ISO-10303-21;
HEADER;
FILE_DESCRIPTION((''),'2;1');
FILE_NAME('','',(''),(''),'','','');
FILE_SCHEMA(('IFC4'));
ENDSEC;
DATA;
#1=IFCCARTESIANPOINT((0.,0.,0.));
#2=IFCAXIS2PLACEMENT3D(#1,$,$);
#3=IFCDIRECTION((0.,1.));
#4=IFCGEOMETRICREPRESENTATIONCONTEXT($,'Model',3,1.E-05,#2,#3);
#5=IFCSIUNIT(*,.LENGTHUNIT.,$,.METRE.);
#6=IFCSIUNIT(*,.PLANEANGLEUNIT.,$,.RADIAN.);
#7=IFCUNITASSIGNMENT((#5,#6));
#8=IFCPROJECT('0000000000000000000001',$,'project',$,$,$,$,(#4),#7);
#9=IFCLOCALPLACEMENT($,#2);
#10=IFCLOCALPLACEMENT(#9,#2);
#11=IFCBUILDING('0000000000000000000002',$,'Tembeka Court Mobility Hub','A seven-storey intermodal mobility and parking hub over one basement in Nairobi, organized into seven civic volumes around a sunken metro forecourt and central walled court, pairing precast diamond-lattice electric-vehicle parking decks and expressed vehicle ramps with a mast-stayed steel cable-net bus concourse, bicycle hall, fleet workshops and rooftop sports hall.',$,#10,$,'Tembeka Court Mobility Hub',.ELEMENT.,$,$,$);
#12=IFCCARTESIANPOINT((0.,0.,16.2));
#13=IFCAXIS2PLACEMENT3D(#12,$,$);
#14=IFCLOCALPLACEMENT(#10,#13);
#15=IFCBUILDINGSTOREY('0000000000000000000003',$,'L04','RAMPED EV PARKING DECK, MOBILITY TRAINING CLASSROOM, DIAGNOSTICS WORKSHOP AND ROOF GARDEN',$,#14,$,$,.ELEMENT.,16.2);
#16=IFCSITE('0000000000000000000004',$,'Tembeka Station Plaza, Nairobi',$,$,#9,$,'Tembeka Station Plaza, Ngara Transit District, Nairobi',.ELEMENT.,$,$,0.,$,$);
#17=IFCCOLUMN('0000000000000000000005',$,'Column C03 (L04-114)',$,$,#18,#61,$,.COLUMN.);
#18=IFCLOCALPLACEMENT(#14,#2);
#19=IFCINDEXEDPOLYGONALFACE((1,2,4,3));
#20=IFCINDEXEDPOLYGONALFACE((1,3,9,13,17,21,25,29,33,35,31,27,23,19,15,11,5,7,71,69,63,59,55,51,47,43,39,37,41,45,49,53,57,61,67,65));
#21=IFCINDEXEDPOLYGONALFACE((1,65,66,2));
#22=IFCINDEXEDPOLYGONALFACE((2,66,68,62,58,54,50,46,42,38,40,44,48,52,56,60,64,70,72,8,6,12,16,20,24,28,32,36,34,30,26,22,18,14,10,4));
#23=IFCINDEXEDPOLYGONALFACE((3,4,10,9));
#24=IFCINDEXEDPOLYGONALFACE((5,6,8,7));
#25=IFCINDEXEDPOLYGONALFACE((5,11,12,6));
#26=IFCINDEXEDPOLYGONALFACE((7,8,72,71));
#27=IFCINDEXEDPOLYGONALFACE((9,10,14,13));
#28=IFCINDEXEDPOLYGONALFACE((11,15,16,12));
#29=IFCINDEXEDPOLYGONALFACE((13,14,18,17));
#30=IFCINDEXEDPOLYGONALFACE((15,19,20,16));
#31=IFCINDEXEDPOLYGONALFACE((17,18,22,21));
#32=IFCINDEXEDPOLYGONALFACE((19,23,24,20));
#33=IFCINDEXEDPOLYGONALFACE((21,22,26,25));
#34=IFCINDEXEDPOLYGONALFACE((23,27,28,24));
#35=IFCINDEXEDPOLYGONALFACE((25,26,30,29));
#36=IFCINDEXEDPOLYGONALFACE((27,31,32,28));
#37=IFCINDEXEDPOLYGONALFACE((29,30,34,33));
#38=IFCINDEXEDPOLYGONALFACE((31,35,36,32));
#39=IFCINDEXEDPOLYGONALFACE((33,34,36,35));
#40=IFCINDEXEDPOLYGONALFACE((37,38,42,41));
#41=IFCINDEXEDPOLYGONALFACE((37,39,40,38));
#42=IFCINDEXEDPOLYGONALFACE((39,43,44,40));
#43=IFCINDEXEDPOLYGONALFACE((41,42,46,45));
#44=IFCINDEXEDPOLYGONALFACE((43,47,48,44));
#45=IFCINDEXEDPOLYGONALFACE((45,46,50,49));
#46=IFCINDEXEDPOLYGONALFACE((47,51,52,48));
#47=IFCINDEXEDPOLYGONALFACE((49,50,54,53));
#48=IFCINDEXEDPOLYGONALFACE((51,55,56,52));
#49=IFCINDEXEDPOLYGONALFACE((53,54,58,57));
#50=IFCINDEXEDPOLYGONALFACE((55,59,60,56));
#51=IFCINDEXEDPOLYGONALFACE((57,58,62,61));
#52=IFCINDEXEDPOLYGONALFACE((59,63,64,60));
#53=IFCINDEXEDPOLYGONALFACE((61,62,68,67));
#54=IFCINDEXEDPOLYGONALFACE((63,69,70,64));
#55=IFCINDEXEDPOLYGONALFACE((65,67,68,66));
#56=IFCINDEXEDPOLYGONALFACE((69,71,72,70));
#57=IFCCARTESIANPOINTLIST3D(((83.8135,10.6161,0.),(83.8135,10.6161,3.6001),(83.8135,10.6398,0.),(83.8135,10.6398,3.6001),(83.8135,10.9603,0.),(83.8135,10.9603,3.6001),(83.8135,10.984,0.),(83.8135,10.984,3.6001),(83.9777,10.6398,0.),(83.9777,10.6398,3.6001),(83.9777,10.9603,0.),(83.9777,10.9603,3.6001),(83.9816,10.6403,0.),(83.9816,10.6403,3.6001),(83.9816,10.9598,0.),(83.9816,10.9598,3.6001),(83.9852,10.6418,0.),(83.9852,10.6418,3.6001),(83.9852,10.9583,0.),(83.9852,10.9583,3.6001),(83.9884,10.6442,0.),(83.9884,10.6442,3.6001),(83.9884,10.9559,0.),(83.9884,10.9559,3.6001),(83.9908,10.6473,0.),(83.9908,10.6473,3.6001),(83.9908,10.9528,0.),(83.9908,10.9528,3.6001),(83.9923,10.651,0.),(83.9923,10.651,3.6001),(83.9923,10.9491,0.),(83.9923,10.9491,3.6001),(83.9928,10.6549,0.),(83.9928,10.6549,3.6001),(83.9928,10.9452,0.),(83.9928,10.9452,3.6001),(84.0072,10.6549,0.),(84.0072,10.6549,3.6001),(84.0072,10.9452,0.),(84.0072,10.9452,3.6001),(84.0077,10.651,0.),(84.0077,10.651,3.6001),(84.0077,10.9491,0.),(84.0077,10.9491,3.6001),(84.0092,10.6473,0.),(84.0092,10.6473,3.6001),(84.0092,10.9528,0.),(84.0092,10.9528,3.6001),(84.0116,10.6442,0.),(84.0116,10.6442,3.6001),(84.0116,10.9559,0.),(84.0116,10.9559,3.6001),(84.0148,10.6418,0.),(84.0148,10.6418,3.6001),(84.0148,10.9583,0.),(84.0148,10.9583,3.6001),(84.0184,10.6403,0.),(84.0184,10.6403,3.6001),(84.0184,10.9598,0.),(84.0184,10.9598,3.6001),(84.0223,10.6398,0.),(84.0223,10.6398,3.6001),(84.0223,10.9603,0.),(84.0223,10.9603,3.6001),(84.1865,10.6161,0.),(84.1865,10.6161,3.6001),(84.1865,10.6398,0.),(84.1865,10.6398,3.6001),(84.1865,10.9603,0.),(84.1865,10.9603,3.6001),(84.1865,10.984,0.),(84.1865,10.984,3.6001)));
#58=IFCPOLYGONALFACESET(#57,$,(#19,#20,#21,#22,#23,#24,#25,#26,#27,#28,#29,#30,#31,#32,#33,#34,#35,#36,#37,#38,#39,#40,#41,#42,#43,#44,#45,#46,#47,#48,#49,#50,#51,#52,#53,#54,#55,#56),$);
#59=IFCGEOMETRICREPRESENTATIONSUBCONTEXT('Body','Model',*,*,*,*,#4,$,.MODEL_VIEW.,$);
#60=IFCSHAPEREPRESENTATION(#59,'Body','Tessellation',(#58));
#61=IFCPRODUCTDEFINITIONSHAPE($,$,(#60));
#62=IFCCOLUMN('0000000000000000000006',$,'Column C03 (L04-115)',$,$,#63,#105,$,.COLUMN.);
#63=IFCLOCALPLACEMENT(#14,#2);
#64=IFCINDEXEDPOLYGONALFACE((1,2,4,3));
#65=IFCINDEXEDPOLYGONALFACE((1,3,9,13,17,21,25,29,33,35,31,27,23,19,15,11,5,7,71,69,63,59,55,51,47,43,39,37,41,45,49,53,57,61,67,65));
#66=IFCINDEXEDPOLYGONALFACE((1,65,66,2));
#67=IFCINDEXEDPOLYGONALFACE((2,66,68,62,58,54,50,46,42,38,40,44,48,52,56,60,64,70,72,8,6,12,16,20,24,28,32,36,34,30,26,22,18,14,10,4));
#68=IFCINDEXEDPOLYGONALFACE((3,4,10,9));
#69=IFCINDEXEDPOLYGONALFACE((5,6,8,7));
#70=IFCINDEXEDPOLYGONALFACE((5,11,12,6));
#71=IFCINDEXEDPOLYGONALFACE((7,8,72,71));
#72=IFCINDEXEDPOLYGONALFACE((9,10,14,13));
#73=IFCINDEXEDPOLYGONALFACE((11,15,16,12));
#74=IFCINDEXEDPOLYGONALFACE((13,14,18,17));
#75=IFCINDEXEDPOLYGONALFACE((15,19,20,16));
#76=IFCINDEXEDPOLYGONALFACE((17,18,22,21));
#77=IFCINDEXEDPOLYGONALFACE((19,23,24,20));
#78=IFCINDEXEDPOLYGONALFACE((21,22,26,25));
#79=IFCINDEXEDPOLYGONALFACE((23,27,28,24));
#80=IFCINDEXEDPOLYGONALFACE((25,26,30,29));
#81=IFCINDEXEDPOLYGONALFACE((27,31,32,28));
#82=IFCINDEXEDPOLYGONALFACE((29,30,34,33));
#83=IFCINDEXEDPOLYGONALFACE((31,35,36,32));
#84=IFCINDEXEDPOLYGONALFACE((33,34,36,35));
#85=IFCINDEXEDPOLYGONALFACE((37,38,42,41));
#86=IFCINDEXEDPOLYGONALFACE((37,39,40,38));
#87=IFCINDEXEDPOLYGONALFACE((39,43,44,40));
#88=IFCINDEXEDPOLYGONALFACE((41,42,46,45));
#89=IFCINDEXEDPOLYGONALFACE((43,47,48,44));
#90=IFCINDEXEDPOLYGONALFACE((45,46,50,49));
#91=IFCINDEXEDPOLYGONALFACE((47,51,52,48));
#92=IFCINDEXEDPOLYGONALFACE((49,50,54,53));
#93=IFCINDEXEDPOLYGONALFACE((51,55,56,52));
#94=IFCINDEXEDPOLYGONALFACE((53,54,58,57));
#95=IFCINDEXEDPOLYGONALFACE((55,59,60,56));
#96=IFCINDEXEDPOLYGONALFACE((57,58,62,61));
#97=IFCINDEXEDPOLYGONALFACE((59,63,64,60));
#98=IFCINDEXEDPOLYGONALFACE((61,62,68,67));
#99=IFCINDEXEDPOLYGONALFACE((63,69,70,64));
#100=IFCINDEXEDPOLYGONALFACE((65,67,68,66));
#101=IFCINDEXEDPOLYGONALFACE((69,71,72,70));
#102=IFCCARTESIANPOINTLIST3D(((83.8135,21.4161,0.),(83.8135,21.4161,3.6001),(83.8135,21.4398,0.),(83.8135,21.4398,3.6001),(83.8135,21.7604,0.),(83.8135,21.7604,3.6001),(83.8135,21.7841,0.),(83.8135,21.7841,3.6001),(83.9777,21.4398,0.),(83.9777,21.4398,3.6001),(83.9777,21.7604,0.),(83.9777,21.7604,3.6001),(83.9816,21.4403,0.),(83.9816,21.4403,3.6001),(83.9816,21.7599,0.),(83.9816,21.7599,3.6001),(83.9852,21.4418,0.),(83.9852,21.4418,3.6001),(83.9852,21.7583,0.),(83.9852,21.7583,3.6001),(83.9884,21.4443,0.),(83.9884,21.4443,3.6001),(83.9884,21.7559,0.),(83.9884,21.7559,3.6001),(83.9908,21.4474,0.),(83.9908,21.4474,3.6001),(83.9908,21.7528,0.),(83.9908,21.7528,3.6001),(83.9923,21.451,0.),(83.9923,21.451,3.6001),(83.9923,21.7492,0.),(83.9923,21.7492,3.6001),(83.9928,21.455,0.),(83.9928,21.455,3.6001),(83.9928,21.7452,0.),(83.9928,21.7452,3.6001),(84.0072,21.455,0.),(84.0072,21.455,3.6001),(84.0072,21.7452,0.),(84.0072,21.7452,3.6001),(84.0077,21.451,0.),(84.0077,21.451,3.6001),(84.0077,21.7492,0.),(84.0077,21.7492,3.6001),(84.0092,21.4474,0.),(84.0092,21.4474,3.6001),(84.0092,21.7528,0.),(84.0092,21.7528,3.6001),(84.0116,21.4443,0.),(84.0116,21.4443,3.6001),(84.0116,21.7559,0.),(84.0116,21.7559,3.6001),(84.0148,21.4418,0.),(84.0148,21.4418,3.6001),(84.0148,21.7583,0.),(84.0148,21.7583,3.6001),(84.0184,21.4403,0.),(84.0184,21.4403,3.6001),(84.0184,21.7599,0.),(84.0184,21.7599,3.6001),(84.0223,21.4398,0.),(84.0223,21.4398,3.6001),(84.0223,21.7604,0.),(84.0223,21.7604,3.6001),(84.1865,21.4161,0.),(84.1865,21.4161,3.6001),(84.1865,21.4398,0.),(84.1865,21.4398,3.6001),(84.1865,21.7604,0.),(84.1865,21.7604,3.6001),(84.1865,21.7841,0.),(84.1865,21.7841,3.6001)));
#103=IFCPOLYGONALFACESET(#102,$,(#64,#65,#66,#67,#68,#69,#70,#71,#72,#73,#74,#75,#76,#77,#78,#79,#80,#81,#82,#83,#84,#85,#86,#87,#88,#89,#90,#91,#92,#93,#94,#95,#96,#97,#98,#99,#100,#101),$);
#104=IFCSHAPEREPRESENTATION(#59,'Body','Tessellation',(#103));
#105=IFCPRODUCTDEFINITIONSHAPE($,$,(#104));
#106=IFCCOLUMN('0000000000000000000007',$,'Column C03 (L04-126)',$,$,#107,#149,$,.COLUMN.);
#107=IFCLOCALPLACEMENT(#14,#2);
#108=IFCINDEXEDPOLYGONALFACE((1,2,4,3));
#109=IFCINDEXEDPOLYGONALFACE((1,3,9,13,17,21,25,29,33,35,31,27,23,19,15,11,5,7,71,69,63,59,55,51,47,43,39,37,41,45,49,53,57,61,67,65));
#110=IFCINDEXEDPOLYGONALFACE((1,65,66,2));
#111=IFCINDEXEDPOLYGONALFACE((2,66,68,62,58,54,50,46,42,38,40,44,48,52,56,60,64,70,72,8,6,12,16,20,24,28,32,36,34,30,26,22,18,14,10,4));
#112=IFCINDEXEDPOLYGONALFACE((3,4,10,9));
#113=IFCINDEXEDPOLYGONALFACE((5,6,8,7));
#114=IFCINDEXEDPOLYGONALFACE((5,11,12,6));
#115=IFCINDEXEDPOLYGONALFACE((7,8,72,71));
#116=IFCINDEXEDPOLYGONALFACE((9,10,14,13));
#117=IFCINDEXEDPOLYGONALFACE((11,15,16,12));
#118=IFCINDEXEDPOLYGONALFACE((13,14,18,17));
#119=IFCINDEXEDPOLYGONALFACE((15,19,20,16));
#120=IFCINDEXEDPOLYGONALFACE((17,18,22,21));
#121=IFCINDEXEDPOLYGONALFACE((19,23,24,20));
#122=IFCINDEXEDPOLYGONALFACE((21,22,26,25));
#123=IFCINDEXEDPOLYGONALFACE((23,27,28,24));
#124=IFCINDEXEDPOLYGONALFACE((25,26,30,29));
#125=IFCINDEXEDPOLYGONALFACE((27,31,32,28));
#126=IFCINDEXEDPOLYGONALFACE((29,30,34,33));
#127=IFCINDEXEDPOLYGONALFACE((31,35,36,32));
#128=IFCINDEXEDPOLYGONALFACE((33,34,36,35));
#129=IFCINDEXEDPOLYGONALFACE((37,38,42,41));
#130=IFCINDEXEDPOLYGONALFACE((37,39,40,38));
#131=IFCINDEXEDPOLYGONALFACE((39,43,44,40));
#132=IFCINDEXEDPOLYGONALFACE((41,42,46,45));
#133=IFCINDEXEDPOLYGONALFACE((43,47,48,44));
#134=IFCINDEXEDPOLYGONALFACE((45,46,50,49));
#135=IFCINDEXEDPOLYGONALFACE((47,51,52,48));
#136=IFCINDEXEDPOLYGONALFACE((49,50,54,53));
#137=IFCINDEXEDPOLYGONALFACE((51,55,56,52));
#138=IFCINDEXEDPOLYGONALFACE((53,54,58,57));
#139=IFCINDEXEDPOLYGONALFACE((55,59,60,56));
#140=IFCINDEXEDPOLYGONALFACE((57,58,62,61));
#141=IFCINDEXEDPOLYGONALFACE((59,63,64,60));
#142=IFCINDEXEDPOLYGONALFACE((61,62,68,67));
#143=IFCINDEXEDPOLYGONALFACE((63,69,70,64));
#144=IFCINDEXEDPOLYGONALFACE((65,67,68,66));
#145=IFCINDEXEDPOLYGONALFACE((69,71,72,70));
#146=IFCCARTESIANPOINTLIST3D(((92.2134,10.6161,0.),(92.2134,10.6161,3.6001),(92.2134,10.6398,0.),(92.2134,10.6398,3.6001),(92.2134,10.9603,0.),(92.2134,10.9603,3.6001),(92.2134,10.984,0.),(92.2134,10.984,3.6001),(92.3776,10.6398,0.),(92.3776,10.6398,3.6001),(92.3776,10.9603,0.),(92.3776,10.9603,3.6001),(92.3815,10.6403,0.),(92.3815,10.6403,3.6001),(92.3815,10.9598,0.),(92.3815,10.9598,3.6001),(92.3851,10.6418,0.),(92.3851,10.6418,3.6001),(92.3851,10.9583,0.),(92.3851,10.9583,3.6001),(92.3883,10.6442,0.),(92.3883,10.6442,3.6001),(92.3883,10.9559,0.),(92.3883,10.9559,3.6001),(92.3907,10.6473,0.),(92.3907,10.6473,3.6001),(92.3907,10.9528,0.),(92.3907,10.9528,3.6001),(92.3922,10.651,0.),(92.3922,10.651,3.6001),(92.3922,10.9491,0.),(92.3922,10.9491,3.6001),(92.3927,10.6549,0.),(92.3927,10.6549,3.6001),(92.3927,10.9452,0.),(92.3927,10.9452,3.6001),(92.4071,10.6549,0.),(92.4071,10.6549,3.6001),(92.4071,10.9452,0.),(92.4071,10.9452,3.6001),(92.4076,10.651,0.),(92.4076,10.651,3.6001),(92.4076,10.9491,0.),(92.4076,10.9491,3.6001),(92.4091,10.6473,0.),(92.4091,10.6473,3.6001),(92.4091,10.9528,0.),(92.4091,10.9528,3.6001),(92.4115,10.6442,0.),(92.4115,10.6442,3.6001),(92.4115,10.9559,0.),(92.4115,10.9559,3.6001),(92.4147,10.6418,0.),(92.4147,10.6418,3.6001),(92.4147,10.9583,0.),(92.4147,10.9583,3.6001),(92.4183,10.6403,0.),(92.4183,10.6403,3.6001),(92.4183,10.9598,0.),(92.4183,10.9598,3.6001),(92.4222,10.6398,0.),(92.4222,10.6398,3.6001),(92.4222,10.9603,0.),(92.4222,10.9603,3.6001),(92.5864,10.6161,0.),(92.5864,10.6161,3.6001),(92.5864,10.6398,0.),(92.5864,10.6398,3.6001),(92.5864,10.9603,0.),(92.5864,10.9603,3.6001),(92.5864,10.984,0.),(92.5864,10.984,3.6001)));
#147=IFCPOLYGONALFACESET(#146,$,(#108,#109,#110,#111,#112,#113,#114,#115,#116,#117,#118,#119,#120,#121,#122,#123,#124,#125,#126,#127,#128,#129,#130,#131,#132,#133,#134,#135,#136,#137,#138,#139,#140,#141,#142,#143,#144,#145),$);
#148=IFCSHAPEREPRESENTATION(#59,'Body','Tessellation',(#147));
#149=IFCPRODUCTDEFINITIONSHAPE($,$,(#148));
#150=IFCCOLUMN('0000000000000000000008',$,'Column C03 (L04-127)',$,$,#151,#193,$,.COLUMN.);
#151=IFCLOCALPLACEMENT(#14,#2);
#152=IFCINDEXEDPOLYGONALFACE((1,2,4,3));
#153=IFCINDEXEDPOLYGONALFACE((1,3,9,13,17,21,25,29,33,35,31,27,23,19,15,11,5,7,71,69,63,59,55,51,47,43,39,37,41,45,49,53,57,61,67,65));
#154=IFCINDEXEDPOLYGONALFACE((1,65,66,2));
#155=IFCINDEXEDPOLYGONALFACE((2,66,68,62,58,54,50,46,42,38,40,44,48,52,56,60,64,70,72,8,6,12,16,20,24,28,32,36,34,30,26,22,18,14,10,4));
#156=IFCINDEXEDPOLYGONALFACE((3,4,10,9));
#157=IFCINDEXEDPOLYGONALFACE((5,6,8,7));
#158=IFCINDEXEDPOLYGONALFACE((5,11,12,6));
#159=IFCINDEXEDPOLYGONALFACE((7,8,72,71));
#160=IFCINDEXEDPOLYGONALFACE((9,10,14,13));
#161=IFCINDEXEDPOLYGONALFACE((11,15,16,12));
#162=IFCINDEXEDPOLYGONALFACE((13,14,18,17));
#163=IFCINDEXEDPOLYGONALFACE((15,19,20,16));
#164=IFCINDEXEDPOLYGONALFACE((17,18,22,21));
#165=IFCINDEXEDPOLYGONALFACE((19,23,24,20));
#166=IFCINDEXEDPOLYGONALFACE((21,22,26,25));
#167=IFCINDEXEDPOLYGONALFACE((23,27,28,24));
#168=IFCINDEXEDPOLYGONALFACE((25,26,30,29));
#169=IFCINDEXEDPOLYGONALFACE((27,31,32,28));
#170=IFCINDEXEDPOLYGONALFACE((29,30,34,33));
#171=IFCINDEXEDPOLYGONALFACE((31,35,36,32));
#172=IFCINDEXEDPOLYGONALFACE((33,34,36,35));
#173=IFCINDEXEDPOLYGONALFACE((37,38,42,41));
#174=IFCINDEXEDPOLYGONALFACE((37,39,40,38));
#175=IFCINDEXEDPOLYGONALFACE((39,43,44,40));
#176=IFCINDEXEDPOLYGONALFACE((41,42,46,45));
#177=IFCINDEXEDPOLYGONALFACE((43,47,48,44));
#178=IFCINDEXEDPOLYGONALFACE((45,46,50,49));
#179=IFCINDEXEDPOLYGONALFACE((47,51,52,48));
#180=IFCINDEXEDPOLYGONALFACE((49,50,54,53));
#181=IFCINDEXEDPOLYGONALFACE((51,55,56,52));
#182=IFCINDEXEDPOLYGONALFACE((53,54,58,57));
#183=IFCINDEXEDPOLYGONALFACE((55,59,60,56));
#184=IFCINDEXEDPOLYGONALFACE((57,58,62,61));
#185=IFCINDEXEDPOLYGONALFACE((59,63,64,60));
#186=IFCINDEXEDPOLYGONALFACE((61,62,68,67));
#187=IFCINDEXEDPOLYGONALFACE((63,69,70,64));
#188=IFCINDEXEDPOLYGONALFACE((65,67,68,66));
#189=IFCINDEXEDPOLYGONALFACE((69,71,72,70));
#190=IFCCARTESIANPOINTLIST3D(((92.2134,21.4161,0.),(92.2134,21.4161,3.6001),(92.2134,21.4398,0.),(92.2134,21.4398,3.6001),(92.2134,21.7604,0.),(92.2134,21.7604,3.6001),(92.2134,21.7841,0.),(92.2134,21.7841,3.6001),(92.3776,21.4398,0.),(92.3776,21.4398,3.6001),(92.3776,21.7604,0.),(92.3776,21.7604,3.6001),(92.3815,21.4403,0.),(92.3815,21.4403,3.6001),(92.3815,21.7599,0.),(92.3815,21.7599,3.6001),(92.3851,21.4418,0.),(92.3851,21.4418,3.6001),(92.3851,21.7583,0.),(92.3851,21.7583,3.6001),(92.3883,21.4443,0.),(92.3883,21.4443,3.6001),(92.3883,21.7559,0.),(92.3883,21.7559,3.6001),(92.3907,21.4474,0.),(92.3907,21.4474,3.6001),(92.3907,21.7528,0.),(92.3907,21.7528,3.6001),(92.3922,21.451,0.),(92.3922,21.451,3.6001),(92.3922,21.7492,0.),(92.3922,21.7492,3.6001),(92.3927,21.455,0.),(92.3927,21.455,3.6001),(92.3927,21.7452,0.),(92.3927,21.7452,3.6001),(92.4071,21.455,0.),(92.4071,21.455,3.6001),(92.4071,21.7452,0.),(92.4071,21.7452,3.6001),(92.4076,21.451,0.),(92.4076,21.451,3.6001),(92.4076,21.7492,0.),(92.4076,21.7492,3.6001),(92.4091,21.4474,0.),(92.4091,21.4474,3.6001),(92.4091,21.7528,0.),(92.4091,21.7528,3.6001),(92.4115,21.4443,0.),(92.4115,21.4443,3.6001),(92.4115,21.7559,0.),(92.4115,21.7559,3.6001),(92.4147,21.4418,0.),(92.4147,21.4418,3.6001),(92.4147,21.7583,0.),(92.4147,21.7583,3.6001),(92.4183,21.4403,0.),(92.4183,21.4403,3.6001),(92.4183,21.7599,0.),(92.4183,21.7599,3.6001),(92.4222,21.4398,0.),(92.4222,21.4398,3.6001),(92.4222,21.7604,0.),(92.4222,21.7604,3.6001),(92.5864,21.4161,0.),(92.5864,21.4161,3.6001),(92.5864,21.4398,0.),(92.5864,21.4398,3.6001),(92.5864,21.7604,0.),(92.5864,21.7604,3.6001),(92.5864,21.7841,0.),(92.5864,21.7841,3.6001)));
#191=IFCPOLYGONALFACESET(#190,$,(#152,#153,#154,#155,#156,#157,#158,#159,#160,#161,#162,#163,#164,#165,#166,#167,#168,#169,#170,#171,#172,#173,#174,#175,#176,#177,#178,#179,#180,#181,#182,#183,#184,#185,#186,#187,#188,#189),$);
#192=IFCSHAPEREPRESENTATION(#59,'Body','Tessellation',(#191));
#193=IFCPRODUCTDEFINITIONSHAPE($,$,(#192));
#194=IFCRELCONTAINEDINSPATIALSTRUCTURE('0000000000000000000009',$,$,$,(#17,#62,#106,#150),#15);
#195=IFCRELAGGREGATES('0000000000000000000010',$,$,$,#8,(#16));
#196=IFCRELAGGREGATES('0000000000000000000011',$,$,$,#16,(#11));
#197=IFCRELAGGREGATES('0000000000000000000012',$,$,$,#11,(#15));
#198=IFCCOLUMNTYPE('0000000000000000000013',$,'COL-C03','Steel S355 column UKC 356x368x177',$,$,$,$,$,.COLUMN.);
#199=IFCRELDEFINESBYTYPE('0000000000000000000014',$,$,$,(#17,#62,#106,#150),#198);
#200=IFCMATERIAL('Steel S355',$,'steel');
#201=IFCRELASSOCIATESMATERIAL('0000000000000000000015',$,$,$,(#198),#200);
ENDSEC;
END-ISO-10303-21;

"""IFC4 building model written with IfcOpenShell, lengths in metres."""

from ifc_helpers import new_model, si_unit, direction, frame, origin, origin_2d, place, context, subcontext, project, spatial, i_section, extrude, material, material_profile, profile_set, type_object, element, save


model = new_model("IFC4")

# Units and contexts
model_context = context("Model", 3, precision=1e-05, world=origin(), true_north=direction((0.0, 1.0)))
body_context = subcontext(model_context, "Body", "Model", "MODEL_VIEW")
ifc_project = project(units=[si_unit("LENGTHUNIT", "METRE"), si_unit("PLANEANGLEUNIT", "RADIAN")], contexts=[model_context])

# Site, building, storey
site_placement = place(None, origin())
site = spatial("IfcSite", under=ifc_project, at=site_placement, Name="Tembeka Station Plaza, Nairobi", LongName="Tembeka Station Plaza, Ngara Transit District, Nairobi", CompositionType="ELEMENT", RefElevation=0.0)
building_placement = place(site_placement, origin())
building = spatial("IfcBuilding", under=site, at=building_placement, Name="Tembeka Court Mobility Hub", Description="A seven-storey intermodal mobility and parking hub over one basement in Nairobi, organized into seven civic volumes around a sunken metro forecourt and central walled court, pairing precast diamond-lattice electric-vehicle parking decks and expressed vehicle ramps with a mast-stayed steel cable-net bus concourse, bicycle hall, fleet workshops and rooftop sports hall.", LongName="Tembeka Court Mobility Hub", CompositionType="ELEMENT")
storey_placement = place(building_placement, frame((0.0, 0.0, 16.2)))
storey = spatial("IfcBuildingStorey", under=building, at=storey_placement, Name="L04", Description="RAMPED EV PARKING DECK, MOBILITY TRAINING CLASSROOM, DIAGNOSTICS WORKSHOP AND ROOF GARDEN", CompositionType="ELEMENT", Elevation=16.2)

# Columns
ifc_material_1 = material(Name="Steel S355", Category="steel")
ifc_material_profile_1 = material_profile(ifc_material_1, i_section(OverallWidth=0.373, OverallDepth=0.3679, WebThickness=0.0144, FlangeThickness=0.0237, FilletRadius=0.0151, at=origin_2d()), Name="UKC 356x368x177")
ifc_profile_set_1 = profile_set([ifc_material_profile_1], Name="Steel S355")
column_type = type_object("IfcColumnType", Name="COL-C03", Description="Steel S355 column UKC 356x368x177", PredefinedType="COLUMN", material=ifc_profile_set_1)
for number, where, z_axis, x_axis, name in (
    (1, (84.0, 10.8, 0.0), (0.0, 0.0, 1.0), (1.0, 0.0, 0.0), "Column C03 (L04-114)"),
    (2, (84.0, 21.6001, 0.0), (0.0, 0.0, 1.0), (1.0, 0.0, 0.0), "Column C03 (L04-115)"),
    (3, (92.3999, 10.8, 0.0), (0.0, 0.0, 1.0), (1.0, 0.0, 0.0), "Column C03 (L04-126)"),
    (4, (92.3999, 21.6001, 0.0), (0.0, 0.0, 1.0), (1.0, 0.0, 0.0), "Column C03 (L04-127)"),
):
    element("IfcColumn", number, at=place(storey_placement, frame(where, z_axis=z_axis, x_axis=x_axis)), inside=storey, type_object=column_type, Name=name, PredefinedType="COLUMN", context=body_context, shape_type="SweptSolid", body=[
        extrude(i_section(OverallWidth=0.373, OverallDepth=0.3679, WebThickness=0.0144, FlangeThickness=0.0237, FilletRadius=0.0151, at=origin_2d()), origin(), (0.0, 0.0, 1.0), 3.6001),
    ])

save(model, "model.ifc")
